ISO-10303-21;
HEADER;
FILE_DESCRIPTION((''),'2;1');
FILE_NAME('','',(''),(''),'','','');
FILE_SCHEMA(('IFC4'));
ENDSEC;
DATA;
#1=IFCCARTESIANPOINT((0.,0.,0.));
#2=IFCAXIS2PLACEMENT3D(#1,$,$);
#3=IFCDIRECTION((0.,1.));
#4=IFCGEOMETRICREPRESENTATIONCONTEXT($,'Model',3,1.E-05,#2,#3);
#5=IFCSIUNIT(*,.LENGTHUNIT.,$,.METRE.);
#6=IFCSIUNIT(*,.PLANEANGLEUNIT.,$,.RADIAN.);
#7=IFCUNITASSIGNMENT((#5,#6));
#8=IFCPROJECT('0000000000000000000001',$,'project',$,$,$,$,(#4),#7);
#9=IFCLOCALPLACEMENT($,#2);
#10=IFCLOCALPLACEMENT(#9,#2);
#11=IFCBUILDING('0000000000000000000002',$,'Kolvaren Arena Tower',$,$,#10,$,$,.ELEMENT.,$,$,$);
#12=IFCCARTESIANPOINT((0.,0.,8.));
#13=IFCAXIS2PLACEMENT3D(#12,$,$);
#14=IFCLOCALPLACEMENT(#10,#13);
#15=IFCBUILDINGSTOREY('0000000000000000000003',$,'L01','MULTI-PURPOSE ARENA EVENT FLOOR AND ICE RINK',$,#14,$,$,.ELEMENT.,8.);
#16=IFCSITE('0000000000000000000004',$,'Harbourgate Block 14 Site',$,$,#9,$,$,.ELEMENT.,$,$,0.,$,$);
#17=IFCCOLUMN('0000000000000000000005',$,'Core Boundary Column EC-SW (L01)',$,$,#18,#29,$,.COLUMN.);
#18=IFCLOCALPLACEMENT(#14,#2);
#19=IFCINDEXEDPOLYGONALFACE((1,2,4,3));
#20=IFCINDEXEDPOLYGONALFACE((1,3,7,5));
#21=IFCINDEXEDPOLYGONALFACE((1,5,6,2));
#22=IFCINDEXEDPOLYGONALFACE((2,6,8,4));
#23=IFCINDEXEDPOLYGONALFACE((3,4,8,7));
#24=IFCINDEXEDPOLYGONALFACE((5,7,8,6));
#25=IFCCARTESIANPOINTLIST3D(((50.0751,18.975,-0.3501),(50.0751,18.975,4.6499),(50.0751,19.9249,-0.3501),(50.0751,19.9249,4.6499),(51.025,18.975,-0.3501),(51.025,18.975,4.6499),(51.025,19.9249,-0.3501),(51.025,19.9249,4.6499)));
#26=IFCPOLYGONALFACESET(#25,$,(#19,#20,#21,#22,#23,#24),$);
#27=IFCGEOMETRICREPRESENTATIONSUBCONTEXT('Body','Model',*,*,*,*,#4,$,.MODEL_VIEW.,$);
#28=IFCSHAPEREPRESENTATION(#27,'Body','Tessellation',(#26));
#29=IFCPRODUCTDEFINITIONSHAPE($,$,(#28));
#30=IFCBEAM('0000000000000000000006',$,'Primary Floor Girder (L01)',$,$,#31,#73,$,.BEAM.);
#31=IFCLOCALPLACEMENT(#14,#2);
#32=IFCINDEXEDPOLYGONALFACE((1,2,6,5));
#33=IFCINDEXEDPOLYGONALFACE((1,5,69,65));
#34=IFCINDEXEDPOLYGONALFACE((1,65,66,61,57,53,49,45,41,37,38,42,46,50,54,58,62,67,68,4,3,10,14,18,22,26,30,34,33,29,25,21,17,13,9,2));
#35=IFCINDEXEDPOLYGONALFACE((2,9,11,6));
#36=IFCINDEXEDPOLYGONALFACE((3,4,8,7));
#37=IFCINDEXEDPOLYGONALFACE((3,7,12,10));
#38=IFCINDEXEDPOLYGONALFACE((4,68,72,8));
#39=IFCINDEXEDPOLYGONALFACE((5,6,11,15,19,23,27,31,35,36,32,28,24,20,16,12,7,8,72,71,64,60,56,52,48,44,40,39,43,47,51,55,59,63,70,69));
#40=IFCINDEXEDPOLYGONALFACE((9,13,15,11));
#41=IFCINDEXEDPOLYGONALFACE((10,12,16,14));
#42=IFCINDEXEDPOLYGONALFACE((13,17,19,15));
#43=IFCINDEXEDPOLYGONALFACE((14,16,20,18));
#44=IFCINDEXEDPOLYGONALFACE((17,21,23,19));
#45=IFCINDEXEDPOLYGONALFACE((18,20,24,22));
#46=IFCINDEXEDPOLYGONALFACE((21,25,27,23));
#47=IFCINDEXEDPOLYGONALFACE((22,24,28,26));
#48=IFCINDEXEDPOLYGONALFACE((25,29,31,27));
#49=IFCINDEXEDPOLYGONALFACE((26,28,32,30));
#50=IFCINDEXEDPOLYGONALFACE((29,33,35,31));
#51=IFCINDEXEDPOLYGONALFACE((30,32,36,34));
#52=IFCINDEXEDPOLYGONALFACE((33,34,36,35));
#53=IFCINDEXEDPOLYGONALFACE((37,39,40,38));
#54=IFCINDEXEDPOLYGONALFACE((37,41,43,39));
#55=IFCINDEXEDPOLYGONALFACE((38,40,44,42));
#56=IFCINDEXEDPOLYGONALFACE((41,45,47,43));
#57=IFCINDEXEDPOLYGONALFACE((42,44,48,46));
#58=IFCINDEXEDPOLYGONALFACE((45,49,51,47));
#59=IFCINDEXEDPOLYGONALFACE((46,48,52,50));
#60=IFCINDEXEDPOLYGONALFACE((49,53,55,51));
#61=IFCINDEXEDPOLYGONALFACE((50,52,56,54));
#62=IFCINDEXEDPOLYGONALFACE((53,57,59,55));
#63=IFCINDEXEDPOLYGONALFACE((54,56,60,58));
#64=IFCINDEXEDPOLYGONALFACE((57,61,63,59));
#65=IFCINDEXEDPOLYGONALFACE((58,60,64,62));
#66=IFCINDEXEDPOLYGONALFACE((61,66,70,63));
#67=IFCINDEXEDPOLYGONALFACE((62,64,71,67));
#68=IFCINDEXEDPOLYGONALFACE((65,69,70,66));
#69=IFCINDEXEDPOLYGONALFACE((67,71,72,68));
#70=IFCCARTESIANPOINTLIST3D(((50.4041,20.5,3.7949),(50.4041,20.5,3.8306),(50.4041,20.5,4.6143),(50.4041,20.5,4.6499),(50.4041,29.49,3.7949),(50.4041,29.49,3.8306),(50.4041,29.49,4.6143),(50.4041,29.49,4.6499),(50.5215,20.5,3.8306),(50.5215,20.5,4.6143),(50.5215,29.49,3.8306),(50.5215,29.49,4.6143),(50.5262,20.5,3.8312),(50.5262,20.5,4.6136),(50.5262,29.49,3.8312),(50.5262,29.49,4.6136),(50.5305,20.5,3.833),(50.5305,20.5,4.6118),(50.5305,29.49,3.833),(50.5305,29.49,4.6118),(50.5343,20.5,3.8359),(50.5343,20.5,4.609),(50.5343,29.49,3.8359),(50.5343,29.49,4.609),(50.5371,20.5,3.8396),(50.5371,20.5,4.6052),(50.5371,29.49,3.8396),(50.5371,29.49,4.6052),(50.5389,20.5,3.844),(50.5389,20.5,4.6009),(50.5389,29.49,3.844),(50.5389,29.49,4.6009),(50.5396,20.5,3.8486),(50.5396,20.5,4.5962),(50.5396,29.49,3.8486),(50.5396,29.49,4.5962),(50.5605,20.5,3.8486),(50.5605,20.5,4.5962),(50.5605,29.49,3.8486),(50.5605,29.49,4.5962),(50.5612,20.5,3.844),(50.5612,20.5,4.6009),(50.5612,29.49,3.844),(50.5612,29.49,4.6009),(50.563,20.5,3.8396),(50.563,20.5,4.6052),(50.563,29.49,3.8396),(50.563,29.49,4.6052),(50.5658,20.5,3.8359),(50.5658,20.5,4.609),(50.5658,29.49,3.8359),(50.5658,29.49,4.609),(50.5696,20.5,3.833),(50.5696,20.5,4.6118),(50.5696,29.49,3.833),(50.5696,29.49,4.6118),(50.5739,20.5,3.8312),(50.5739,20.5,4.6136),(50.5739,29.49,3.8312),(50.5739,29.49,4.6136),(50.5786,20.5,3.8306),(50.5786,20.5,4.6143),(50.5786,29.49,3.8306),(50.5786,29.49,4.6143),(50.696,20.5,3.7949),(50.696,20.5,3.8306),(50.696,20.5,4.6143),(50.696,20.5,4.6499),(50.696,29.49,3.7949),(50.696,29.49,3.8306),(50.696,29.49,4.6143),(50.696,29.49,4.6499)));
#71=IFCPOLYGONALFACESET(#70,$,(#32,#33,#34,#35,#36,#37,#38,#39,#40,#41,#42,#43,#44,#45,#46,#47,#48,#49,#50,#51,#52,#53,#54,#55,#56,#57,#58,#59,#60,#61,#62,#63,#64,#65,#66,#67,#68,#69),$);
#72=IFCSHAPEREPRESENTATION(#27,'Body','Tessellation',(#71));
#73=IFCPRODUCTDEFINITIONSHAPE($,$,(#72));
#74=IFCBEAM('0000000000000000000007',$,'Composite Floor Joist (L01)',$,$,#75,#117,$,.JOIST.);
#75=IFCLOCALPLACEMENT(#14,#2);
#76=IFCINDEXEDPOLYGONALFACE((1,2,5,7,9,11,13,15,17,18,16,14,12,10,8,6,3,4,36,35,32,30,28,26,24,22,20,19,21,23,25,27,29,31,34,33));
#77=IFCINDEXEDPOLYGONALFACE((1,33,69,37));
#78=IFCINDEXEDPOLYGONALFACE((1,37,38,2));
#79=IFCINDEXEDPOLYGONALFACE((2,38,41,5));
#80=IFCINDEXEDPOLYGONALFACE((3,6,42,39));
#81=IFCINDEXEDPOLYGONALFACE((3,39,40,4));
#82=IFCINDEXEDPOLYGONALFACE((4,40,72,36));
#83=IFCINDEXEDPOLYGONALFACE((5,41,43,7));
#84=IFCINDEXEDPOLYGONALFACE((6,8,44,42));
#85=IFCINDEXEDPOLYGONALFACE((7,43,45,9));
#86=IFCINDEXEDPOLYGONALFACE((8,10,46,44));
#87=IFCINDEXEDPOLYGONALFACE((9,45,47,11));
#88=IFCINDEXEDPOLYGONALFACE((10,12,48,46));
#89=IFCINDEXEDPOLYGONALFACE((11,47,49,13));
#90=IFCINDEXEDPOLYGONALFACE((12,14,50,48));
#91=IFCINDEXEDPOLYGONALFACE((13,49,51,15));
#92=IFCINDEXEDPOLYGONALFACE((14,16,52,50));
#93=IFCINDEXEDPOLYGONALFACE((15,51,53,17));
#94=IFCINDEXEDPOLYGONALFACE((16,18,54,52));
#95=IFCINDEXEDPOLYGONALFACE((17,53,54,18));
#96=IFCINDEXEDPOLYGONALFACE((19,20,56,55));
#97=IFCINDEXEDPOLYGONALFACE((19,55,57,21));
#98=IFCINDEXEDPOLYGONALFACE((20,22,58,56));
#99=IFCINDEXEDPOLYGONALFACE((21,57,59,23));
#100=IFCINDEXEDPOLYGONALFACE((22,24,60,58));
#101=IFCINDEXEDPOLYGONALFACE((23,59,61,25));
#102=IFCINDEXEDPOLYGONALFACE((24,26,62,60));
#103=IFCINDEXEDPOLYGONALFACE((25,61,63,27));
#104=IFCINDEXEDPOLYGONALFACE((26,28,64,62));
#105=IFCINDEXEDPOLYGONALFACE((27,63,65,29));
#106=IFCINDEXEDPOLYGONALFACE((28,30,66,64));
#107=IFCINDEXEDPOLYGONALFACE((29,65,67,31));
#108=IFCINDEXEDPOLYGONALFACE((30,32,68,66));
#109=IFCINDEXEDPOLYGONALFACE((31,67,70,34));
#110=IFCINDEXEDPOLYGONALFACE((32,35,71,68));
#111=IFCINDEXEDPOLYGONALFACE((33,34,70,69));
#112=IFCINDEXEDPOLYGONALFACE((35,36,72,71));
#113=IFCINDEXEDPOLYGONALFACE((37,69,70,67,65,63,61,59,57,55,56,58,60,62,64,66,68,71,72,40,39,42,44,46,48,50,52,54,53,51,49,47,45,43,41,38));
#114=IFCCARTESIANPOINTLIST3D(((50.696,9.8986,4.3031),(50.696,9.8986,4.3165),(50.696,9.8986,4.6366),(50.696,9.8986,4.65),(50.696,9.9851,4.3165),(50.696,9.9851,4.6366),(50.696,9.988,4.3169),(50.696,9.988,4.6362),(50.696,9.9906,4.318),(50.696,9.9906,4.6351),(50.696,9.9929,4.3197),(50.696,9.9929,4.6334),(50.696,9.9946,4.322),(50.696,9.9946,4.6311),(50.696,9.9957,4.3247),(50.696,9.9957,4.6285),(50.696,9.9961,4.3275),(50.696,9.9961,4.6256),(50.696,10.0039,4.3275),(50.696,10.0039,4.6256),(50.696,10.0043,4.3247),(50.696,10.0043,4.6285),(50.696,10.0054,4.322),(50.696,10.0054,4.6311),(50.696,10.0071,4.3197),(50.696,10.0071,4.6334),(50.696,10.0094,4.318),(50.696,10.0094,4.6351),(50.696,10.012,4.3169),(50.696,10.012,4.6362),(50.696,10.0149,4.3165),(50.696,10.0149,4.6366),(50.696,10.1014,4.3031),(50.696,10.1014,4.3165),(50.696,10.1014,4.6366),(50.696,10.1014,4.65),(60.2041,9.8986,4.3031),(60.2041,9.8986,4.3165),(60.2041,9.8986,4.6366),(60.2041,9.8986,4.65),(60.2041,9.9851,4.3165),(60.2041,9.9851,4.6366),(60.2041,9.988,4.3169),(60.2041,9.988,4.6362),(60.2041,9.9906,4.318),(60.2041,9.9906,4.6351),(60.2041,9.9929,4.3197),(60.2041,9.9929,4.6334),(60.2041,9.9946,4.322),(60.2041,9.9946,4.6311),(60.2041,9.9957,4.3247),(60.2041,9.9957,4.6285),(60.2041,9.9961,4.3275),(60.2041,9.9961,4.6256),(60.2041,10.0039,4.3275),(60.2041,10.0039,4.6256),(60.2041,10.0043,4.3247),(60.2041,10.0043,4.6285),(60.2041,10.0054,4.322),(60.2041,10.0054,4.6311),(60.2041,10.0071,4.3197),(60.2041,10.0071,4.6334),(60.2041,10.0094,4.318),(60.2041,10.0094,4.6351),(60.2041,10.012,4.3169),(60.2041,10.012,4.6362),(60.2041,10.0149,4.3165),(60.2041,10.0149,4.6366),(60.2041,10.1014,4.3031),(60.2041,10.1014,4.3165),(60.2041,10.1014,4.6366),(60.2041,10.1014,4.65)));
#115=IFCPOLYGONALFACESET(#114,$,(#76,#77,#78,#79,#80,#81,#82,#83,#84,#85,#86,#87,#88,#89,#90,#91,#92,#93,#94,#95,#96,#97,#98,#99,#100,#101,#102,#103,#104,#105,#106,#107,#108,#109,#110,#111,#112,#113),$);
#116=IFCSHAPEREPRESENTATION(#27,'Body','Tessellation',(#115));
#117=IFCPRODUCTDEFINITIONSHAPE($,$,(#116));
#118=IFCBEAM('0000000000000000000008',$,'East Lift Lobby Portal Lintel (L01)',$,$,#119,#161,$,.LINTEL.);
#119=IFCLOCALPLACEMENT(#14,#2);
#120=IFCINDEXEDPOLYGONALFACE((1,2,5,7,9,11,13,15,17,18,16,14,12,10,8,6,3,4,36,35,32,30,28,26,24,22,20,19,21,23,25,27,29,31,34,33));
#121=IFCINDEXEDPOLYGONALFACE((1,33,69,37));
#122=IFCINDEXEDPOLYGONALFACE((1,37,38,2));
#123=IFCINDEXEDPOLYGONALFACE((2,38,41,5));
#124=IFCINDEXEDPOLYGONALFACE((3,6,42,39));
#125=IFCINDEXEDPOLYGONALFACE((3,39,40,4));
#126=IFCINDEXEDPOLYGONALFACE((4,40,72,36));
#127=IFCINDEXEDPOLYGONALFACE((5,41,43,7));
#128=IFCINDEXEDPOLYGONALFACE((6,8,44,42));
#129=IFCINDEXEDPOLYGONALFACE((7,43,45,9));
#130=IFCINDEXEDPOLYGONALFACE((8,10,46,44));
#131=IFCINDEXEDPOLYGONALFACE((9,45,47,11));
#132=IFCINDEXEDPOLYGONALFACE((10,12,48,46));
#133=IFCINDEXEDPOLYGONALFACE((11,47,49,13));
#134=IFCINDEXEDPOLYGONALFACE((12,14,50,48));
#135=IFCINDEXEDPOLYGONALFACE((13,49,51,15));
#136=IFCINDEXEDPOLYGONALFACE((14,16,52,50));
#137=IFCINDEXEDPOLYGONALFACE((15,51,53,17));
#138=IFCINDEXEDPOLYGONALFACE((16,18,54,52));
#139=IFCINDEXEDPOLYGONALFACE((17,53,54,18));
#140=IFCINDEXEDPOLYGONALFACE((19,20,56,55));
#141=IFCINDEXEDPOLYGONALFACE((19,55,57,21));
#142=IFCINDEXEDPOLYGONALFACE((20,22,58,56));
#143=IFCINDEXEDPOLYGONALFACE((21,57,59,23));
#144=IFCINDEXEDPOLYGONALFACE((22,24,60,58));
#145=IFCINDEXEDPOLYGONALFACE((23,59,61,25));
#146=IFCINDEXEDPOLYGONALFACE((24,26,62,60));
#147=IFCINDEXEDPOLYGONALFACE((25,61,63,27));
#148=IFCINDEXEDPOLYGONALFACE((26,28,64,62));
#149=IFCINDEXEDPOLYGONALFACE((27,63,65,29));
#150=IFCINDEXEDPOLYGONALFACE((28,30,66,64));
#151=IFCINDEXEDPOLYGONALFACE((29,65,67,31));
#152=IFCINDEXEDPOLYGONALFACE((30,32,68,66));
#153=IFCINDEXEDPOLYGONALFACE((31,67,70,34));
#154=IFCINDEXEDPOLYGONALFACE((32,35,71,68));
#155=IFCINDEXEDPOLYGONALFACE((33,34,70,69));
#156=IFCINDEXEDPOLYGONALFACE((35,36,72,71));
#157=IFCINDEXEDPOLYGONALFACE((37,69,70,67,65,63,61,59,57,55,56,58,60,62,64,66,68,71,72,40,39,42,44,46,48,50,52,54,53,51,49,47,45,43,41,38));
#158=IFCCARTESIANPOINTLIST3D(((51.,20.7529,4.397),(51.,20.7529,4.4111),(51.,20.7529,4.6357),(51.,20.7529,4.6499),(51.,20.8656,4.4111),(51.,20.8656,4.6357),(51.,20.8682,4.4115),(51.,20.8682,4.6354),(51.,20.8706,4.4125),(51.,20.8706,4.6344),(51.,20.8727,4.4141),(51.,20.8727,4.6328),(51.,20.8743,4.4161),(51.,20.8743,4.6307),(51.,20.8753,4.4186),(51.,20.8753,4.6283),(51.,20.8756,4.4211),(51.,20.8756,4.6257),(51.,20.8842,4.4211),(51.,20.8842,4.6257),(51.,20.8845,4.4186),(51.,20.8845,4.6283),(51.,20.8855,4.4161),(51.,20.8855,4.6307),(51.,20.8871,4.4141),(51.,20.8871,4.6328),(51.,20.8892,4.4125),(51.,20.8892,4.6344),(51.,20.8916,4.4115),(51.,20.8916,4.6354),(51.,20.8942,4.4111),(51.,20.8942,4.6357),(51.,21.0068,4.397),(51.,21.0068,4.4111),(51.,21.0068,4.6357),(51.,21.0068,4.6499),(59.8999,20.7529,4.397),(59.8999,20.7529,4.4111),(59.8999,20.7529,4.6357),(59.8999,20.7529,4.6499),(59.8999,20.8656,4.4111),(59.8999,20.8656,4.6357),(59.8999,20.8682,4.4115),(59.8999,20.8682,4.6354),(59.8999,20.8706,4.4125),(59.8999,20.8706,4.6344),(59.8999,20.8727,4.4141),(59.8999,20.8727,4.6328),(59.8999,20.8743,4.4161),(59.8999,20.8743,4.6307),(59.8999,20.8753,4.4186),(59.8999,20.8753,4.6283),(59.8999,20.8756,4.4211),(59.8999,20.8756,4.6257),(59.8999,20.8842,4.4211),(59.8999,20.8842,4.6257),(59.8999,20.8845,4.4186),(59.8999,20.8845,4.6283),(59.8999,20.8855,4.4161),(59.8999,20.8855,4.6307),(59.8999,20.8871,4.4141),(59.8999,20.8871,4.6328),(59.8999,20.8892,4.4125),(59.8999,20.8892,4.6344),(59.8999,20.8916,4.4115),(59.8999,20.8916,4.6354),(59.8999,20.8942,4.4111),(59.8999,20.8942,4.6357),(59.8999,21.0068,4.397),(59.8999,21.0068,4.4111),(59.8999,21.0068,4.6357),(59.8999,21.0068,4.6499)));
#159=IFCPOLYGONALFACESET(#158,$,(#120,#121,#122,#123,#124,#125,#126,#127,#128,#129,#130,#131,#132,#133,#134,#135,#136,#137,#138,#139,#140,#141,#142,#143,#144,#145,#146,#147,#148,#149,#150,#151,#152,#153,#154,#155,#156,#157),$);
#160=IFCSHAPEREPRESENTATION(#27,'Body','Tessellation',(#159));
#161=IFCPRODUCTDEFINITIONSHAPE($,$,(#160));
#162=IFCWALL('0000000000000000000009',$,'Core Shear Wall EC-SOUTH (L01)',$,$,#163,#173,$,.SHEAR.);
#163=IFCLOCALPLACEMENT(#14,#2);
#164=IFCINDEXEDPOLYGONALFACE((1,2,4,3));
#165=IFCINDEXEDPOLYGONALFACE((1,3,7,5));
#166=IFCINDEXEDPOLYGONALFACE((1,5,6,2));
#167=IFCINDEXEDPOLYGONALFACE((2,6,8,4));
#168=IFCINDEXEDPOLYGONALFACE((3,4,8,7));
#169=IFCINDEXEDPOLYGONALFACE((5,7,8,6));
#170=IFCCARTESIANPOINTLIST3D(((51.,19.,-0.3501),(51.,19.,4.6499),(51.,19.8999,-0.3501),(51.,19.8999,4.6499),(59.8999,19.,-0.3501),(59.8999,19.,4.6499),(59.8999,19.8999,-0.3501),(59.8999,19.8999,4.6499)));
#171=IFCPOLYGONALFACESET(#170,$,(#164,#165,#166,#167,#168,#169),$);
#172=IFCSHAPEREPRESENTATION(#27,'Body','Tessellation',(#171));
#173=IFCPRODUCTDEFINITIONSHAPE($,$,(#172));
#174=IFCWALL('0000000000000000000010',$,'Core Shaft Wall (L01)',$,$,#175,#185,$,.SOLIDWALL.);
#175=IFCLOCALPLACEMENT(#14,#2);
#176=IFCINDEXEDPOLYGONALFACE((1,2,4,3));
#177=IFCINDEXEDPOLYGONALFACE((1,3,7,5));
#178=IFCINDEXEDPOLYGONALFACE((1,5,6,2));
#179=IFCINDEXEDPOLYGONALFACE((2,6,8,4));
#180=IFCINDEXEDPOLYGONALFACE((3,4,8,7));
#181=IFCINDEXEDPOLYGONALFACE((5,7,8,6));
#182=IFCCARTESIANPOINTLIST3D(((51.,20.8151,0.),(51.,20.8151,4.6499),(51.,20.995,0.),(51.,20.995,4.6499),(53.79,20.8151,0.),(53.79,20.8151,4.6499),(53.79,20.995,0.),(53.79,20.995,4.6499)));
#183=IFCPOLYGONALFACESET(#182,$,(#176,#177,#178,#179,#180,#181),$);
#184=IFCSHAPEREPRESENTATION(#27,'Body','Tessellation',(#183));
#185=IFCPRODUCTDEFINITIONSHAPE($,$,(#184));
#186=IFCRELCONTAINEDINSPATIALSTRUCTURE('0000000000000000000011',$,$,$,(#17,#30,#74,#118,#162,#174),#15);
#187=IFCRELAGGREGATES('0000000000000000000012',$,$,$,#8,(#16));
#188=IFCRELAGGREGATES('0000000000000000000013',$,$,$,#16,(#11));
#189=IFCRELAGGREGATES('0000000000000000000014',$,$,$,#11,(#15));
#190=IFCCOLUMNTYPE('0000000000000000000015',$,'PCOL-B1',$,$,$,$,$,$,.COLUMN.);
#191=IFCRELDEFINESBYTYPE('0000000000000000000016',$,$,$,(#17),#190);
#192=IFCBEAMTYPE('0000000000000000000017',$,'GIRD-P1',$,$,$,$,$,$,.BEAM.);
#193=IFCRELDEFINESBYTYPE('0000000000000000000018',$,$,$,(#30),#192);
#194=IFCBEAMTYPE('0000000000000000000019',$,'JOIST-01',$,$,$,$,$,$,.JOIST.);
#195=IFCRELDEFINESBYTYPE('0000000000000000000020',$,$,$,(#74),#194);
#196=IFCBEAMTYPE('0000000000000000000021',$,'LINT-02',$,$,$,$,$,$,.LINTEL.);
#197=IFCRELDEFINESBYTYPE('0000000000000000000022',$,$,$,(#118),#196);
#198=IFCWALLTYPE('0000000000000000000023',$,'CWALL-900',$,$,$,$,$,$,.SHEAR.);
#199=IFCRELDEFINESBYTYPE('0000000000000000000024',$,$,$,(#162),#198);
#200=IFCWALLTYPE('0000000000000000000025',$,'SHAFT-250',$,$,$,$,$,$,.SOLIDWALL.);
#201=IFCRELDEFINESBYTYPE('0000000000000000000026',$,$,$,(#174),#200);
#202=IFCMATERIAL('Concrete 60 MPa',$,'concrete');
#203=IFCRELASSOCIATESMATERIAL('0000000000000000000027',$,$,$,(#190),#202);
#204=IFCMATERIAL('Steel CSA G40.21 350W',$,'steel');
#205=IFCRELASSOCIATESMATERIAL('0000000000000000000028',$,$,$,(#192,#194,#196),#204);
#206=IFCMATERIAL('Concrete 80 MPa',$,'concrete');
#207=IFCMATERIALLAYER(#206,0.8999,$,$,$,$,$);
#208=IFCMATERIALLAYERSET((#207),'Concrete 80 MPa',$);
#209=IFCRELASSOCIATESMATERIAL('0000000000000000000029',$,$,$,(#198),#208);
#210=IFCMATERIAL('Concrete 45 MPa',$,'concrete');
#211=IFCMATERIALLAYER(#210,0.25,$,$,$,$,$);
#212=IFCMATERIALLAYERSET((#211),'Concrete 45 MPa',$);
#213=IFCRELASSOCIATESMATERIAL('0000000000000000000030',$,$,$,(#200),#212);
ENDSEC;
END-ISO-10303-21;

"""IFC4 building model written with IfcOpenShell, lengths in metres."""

from ifc_helpers import new_model, si_unit, direction, frame, frame_2d, origin, origin_2d, place, context, subcontext, project, spatial, rectangle, i_section, extrude, material, layer, layer_set, material_profile, profile_set, type_object, element, save


model = new_model("IFC4")

# Units and contexts
model_context = context("Model", 3, precision=1e-05, world=origin(), true_north=direction((0.0, 1.0)))
body_context = subcontext(model_context, "Body", "Model", "MODEL_VIEW")
ifc_project = project(units=[si_unit("LENGTHUNIT", "METRE"), si_unit("PLANEANGLEUNIT", "RADIAN")], contexts=[model_context])

# Site, building, storey
site_placement = place(None, origin())
site = spatial("IfcSite", under=ifc_project, at=site_placement, Name="Harbourgate Block 14 Site", CompositionType="ELEMENT", RefElevation=0.0)
building_placement = place(site_placement, origin())
building = spatial("IfcBuilding", under=site, at=building_placement, Name="Kolvaren Arena Tower", CompositionType="ELEMENT")
storey_placement = place(building_placement, frame((0.0, 0.0, 8.0)))
storey = spatial("IfcBuildingStorey", under=building, at=storey_placement, Name="L01", Description="MULTI-PURPOSE ARENA EVENT FLOOR AND ICE RINK", CompositionType="ELEMENT", Elevation=8.0)

# Column
ifc_material_1 = material(Name="Concrete 60 MPa", Category="concrete")
ifc_material_profile_1 = material_profile(ifc_material_1, rectangle(XDim=0.95, YDim=0.95, at=origin_2d()), Name="RC-950x950")
ifc_profile_set_1 = profile_set([ifc_material_profile_1], Name="Concrete 60 MPa")
column_type = type_object("IfcColumnType", Name="PCOL-B1", PredefinedType="COLUMN", material=ifc_profile_set_1)
column_placement = place(storey_placement, frame((50.55, 19.45, -0.3501), z_axis=(0.0, 0.0, 1.0), x_axis=(1.0, 0.0, 0.0)))
element("IfcColumn", 1, at=column_placement, inside=storey, type_object=column_type, Name="Core Boundary Column EC-SW (L01)", PredefinedType="COLUMN", context=body_context, shape_type="SweptSolid", body=[
    extrude(rectangle(XDim=0.95, YDim=0.95, at=origin_2d()), origin(), (0.0, 0.0, 1.0), 5.0),
])

# Beams
ifc_material_2 = material(Name="Steel CSA G40.21 350W", Category="steel")
ifc_material_profile_2 = material_profile(ifc_material_2, i_section(OverallWidth=0.292, OverallDepth=0.855, WebThickness=0.021, FlangeThickness=0.0356, FilletRadius=0.0181, at=origin_2d()), Name="W840x299")
ifc_profile_set_2 = profile_set([ifc_material_profile_2], Name="Steel CSA G40.21 350W")
beam_type_1 = type_object("IfcBeamType", Name="GIRD-P1", PredefinedType="BEAM", material=ifc_profile_set_2)
beam_1_placement = place(storey_placement, frame((50.55, 20.5, 4.2224), z_axis=(0.0, 1.0, 0.0), x_axis=(-1.0, 0.0, 0.0)))
element("IfcBeam", 2, at=beam_1_placement, inside=storey, type_object=beam_type_1, Name="Primary Floor Girder (L01)", PredefinedType="BEAM", context=body_context, shape_type="SweptSolid", body=[
    extrude(i_section(OverallWidth=0.292, OverallDepth=0.855, WebThickness=0.021, FlangeThickness=0.0356, FilletRadius=0.0181, at=origin_2d()), origin(), (0.0, 0.0, 1.0), 8.99),
])
ifc_material_profile_3 = material_profile(ifc_material_2, i_section(OverallWidth=0.2029, OverallDepth=0.3469, WebThickness=0.0078, FlangeThickness=0.0134, FilletRadius=0.011, at=origin_2d()), Name="W360x64")
ifc_profile_set_3 = profile_set([ifc_material_profile_3], Name="Steel CSA G40.21 350W")
beam_type_2 = type_object("IfcBeamType", Name="JOIST-01", PredefinedType="JOIST", material=ifc_profile_set_3)
beam_2_placement = place(storey_placement, frame((50.696, 10.0, 4.4766), z_axis=(1.0, 0.0, 0.0), x_axis=(0.0, 1.0, 0.0)))
element("IfcBeam", 3, at=beam_2_placement, inside=storey, type_object=beam_type_2, Name="Composite Floor Joist (L01)", PredefinedType="JOIST", context=body_context, shape_type="SweptSolid", body=[
    extrude(i_section(OverallWidth=0.2029, OverallDepth=0.3469, WebThickness=0.0078, FlangeThickness=0.0134, FilletRadius=0.011, at=origin_2d()), origin(), (0.0, 0.0, 1.0), 9.5081),
])
ifc_material_profile_4 = material_profile(ifc_material_2, i_section(OverallWidth=0.2539, OverallDepth=0.2529, WebThickness=0.0085, FlangeThickness=0.0142, FilletRadius=0.01, at=origin_2d()), Name="W250x73")
ifc_profile_set_4 = profile_set([ifc_material_profile_4], Name="Steel CSA G40.21 350W")
beam_type_3 = type_object("IfcBeamType", Name="LINT-02", PredefinedType="LINTEL", material=ifc_profile_set_4)
beam_3_placement = place(storey_placement, frame((51.0, 20.8799, 4.5234), z_axis=(1.0, 0.0, 0.0), x_axis=(0.0, 1.0, 0.0)))
element("IfcBeam", 4, at=beam_3_placement, inside=storey, type_object=beam_type_3, Name="East Lift Lobby Portal Lintel (L01)", PredefinedType="LINTEL", context=body_context, shape_type="SweptSolid", body=[
    extrude(i_section(OverallWidth=0.2539, OverallDepth=0.2529, WebThickness=0.0085, FlangeThickness=0.0142, FilletRadius=0.01, at=origin_2d()), origin(), (0.0, 0.0, 1.0), 8.8999),
])

# Walls
ifc_material_3 = material(Name="Concrete 80 MPa", Category="concrete")
ifc_layer_1 = layer(ifc_material_3, 0.8999)
ifc_layer_set_1 = layer_set([ifc_layer_1], Name="Concrete 80 MPa")
wall_type_1 = type_object("IfcWallType", Name="CWALL-900", PredefinedType="SHEAR", material=ifc_layer_set_1)
wall_1_placement = place(storey_placement, frame((51.0, 19.45, -0.3501), z_axis=(0.0, 0.0, 1.0), x_axis=(1.0, 0.0, 0.0)))
element("IfcWall", 5, at=wall_1_placement, inside=storey, type_object=wall_type_1, Name="Core Shear Wall EC-SOUTH (L01)", PredefinedType="SHEAR", context=body_context, shape_type="SweptSolid", body=[
    extrude(rectangle(XDim=8.8999, YDim=0.8999, at=frame_2d((4.45, 0.0))), origin(), (0.0, 0.0, 1.0), 5.0),
])
ifc_material_4 = material(Name="Concrete 45 MPa", Category="concrete")
ifc_layer_2 = layer(ifc_material_4, 0.25)
ifc_layer_set_2 = layer_set([ifc_layer_2], Name="Concrete 45 MPa")
wall_type_2 = type_object("IfcWallType", Name="SHAFT-250", PredefinedType="SOLIDWALL", material=ifc_layer_set_2)
for number, where, z_axis, x_axis, name in (
    (6, (51.0, 20.905, 0.0), (0.0, 0.0, 1.0), (1.0, 0.0, 0.0), "Core Shaft Wall (L01)"),
):
    element("IfcWall", number, at=place(storey_placement, frame(where, z_axis=z_axis, x_axis=x_axis)), inside=storey, type_object=wall_type_2, Name=name, PredefinedType="SOLIDWALL", context=body_context, shape_type="SweptSolid", body=[
        extrude(rectangle(XDim=2.79, YDim=0.1799, at=frame_2d((1.395, 0.0))), origin(), (0.0, 0.0, 1.0), 4.6499),
    ])

save(model, "model.ifc")
